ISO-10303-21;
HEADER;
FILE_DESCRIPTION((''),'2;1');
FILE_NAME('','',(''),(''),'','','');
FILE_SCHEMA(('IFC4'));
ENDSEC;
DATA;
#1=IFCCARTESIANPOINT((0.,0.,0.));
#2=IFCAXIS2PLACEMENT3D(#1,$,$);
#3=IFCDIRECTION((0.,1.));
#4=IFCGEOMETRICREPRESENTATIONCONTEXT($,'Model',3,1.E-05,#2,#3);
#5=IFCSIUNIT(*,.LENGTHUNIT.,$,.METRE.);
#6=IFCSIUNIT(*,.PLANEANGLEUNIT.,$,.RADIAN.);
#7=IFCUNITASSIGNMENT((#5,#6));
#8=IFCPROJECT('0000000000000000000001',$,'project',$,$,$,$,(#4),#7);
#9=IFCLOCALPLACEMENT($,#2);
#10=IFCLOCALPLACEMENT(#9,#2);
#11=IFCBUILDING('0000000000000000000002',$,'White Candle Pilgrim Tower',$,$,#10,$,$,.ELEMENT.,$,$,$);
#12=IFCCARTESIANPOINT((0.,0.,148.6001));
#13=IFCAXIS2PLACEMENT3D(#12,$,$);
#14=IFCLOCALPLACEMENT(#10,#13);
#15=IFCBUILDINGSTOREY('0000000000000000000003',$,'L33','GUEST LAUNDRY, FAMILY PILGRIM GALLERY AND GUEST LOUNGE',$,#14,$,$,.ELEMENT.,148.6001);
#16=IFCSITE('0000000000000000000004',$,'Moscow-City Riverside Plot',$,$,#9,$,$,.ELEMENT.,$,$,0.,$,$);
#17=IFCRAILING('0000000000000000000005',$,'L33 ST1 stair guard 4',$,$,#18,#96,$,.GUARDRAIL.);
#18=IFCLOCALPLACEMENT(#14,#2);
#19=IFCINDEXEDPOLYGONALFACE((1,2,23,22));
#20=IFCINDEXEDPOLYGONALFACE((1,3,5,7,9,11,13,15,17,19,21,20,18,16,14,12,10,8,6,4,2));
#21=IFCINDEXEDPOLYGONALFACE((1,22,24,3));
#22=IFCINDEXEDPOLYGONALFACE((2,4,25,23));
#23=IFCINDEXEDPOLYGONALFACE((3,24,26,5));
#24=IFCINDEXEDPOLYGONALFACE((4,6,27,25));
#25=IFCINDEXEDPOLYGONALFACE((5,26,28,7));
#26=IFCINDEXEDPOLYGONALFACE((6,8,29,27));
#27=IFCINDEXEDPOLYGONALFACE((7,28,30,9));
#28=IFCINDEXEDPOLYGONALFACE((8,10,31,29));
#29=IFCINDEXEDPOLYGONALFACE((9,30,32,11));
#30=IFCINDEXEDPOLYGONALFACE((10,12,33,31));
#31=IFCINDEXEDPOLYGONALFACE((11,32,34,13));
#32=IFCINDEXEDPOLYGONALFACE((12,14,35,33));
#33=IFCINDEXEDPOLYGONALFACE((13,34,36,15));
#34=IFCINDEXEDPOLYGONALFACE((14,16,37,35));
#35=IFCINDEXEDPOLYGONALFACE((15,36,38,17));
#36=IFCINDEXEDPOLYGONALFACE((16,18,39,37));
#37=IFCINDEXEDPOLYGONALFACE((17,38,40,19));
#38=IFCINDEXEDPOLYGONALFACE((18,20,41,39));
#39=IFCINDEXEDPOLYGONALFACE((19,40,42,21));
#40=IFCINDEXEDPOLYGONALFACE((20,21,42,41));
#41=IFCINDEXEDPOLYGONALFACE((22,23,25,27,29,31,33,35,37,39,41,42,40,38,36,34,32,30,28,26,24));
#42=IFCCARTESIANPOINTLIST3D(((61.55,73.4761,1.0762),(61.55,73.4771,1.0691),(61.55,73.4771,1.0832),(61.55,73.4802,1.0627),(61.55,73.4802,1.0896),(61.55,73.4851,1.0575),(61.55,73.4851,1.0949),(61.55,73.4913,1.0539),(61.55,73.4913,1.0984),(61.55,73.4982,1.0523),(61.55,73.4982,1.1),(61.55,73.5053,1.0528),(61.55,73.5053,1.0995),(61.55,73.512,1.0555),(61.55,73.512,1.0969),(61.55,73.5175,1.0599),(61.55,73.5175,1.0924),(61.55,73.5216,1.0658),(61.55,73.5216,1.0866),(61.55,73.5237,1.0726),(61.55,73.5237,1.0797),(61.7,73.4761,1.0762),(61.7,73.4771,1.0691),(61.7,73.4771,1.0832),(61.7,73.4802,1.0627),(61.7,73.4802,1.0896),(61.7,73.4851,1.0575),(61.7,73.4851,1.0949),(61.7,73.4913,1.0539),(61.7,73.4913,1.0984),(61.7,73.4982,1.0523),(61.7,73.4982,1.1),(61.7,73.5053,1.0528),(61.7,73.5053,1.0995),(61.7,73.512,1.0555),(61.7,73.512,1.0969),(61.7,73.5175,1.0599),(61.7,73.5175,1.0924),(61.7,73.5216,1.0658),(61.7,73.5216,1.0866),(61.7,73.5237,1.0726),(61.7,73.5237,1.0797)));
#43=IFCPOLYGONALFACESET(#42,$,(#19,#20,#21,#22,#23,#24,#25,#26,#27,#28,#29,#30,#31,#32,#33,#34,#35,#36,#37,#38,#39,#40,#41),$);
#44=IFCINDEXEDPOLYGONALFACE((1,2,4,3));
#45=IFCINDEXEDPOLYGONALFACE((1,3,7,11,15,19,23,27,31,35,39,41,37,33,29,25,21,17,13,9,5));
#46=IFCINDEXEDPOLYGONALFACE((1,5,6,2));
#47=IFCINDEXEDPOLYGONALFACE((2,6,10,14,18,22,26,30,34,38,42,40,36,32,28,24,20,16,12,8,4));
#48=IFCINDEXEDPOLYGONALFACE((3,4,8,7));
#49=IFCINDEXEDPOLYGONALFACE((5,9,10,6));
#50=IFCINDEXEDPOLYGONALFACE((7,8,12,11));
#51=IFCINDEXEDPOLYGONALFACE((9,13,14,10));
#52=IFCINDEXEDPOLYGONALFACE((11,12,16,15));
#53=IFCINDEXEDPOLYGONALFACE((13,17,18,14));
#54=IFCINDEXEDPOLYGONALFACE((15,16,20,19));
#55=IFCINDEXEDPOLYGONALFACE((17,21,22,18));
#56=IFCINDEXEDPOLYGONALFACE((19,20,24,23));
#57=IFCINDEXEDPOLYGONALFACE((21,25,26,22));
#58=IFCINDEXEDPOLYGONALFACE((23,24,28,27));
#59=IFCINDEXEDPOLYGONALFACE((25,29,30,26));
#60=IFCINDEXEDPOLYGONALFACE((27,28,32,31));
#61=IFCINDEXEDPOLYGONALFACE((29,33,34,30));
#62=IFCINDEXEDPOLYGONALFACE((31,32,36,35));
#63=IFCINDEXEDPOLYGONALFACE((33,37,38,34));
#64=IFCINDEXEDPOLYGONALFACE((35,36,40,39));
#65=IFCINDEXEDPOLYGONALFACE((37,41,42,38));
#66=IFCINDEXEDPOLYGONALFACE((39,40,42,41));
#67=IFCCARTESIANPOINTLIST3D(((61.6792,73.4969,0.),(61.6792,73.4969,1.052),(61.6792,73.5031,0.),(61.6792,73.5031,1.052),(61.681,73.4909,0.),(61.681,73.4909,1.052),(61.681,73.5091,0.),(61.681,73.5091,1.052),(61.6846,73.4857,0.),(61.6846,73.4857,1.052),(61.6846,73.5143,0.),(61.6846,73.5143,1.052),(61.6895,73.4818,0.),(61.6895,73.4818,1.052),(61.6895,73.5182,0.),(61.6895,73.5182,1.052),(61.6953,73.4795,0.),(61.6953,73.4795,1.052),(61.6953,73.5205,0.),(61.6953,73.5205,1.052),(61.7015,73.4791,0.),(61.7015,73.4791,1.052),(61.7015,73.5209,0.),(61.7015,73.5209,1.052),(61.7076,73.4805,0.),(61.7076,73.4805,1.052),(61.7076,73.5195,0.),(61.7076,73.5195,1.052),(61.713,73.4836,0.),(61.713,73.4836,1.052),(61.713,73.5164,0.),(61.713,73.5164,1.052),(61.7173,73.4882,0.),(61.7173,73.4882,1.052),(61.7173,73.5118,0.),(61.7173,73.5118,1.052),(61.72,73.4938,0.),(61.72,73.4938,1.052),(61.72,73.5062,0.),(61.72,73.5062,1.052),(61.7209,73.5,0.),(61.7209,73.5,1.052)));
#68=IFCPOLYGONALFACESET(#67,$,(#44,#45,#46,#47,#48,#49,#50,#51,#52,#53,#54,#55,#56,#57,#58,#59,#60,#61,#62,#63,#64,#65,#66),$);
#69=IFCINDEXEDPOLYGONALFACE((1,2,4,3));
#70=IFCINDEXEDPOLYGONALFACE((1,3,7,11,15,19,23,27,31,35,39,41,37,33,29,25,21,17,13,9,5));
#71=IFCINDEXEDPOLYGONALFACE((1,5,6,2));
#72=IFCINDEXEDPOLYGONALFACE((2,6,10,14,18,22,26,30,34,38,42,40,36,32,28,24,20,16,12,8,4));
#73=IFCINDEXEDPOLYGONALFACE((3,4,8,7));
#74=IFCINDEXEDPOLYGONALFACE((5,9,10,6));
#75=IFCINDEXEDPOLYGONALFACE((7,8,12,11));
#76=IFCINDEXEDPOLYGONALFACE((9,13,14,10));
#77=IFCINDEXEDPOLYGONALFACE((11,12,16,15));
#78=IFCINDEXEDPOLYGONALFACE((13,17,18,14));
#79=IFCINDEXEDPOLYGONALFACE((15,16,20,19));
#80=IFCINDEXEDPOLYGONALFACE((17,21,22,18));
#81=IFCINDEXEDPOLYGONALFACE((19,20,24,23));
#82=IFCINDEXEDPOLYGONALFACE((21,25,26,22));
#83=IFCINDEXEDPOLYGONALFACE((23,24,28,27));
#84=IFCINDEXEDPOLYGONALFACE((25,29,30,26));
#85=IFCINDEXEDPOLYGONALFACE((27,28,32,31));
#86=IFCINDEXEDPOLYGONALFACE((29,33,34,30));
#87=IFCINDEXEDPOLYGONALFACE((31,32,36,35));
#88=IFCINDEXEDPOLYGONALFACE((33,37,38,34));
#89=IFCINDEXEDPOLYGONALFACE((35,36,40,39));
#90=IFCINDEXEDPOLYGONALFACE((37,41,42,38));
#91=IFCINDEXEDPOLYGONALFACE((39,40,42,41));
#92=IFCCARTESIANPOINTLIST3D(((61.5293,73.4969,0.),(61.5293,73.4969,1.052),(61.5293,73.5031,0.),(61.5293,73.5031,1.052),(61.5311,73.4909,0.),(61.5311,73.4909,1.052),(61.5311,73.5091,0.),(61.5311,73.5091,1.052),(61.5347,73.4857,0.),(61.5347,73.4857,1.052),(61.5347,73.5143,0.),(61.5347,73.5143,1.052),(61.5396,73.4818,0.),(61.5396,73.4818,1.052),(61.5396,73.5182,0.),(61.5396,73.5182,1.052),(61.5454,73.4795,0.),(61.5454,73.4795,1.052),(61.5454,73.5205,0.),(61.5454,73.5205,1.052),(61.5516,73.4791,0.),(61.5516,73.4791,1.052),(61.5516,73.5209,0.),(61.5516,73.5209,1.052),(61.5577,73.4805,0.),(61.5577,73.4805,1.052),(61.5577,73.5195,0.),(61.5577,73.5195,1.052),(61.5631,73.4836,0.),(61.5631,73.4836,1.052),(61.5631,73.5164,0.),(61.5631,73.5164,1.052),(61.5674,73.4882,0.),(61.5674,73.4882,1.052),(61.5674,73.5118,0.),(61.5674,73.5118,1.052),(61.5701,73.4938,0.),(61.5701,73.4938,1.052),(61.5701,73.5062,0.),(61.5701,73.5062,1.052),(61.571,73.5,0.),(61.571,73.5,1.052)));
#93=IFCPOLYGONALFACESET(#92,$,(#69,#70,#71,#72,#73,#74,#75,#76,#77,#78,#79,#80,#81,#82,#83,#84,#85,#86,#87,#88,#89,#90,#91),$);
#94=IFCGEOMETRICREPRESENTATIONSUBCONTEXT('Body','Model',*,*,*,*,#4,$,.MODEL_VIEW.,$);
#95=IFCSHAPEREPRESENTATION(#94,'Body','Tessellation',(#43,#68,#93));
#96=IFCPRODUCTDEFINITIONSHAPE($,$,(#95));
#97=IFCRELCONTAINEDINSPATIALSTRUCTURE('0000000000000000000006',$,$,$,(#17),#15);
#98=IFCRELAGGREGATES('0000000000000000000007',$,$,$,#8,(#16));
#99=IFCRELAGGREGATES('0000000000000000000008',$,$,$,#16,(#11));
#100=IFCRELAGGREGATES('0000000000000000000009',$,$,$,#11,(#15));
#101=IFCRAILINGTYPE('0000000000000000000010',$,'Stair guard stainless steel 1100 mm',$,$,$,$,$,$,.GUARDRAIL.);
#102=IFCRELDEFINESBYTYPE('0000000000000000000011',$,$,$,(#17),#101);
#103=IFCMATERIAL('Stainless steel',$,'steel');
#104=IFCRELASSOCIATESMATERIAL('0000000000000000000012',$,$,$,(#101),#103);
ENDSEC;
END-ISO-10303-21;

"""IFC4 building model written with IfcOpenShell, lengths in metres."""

from ifc_helpers import new_model, si_unit, direction, frame, origin, origin_2d, place, context, subcontext, project, spatial, circle, extrude, material, type_object, element, save


model = new_model("IFC4")

# Units and contexts
model_context = context("Model", 3, precision=1e-05, world=origin(), true_north=direction((0.0, 1.0)))
body_context = subcontext(model_context, "Body", "Model", "MODEL_VIEW")
ifc_project = project(units=[si_unit("LENGTHUNIT", "METRE"), si_unit("PLANEANGLEUNIT", "RADIAN")], contexts=[model_context])

# Site, building, storey
site_placement = place(None, origin())
site = spatial("IfcSite", under=ifc_project, at=site_placement, Name="Moscow-City Riverside Plot", CompositionType="ELEMENT", RefElevation=0.0)
building_placement = place(site_placement, origin())
building = spatial("IfcBuilding", under=site, at=building_placement, Name="White Candle Pilgrim Tower", CompositionType="ELEMENT")
storey_placement = place(building_placement, frame((0.0, 0.0, 148.6001)))
storey = spatial("IfcBuildingStorey", under=building, at=storey_placement, Name="L33", Description="GUEST LAUNDRY, FAMILY PILGRIM GALLERY AND GUEST LOUNGE", CompositionType="ELEMENT", Elevation=148.6001)

# Shared definitions
ifc_material_1 = material(Name="Stainless steel", Category="steel")

# Railing
railing_type_1 = type_object("IfcRailingType", Name="Stair guard stainless steel 1100 mm", PredefinedType="GUARDRAIL", material=ifc_material_1)
railing_1_placement = place(storey_placement, frame((61.7, 73.5, 0.0)))
element("IfcRailing", 1, at=railing_1_placement, inside=storey, type_object=railing_type_1, Name="L33 ST1 stair guard 4", PredefinedType="GUARDRAIL", context=body_context, shape_type="SweptSolid", body=[
    extrude(circle(Radius=0.0239, at=origin_2d()), frame((0.0, 0.0, 1.0762), z_axis=(-1.0, 0.0, 0.0), x_axis=(0.0, -1.0, 0.0)), (0.0, 0.0, 1.0), 0.1499),
    extrude(circle(Radius=0.021, at=origin_2d()), origin(), (0.0, 0.0, 1.0), 1.052),
    extrude(circle(Radius=0.021, at=origin_2d()), frame((-0.1499, 0.0, 0.0)), (0.0, 0.0, 1.0), 1.052),
])

save(model, "model.ifc")
